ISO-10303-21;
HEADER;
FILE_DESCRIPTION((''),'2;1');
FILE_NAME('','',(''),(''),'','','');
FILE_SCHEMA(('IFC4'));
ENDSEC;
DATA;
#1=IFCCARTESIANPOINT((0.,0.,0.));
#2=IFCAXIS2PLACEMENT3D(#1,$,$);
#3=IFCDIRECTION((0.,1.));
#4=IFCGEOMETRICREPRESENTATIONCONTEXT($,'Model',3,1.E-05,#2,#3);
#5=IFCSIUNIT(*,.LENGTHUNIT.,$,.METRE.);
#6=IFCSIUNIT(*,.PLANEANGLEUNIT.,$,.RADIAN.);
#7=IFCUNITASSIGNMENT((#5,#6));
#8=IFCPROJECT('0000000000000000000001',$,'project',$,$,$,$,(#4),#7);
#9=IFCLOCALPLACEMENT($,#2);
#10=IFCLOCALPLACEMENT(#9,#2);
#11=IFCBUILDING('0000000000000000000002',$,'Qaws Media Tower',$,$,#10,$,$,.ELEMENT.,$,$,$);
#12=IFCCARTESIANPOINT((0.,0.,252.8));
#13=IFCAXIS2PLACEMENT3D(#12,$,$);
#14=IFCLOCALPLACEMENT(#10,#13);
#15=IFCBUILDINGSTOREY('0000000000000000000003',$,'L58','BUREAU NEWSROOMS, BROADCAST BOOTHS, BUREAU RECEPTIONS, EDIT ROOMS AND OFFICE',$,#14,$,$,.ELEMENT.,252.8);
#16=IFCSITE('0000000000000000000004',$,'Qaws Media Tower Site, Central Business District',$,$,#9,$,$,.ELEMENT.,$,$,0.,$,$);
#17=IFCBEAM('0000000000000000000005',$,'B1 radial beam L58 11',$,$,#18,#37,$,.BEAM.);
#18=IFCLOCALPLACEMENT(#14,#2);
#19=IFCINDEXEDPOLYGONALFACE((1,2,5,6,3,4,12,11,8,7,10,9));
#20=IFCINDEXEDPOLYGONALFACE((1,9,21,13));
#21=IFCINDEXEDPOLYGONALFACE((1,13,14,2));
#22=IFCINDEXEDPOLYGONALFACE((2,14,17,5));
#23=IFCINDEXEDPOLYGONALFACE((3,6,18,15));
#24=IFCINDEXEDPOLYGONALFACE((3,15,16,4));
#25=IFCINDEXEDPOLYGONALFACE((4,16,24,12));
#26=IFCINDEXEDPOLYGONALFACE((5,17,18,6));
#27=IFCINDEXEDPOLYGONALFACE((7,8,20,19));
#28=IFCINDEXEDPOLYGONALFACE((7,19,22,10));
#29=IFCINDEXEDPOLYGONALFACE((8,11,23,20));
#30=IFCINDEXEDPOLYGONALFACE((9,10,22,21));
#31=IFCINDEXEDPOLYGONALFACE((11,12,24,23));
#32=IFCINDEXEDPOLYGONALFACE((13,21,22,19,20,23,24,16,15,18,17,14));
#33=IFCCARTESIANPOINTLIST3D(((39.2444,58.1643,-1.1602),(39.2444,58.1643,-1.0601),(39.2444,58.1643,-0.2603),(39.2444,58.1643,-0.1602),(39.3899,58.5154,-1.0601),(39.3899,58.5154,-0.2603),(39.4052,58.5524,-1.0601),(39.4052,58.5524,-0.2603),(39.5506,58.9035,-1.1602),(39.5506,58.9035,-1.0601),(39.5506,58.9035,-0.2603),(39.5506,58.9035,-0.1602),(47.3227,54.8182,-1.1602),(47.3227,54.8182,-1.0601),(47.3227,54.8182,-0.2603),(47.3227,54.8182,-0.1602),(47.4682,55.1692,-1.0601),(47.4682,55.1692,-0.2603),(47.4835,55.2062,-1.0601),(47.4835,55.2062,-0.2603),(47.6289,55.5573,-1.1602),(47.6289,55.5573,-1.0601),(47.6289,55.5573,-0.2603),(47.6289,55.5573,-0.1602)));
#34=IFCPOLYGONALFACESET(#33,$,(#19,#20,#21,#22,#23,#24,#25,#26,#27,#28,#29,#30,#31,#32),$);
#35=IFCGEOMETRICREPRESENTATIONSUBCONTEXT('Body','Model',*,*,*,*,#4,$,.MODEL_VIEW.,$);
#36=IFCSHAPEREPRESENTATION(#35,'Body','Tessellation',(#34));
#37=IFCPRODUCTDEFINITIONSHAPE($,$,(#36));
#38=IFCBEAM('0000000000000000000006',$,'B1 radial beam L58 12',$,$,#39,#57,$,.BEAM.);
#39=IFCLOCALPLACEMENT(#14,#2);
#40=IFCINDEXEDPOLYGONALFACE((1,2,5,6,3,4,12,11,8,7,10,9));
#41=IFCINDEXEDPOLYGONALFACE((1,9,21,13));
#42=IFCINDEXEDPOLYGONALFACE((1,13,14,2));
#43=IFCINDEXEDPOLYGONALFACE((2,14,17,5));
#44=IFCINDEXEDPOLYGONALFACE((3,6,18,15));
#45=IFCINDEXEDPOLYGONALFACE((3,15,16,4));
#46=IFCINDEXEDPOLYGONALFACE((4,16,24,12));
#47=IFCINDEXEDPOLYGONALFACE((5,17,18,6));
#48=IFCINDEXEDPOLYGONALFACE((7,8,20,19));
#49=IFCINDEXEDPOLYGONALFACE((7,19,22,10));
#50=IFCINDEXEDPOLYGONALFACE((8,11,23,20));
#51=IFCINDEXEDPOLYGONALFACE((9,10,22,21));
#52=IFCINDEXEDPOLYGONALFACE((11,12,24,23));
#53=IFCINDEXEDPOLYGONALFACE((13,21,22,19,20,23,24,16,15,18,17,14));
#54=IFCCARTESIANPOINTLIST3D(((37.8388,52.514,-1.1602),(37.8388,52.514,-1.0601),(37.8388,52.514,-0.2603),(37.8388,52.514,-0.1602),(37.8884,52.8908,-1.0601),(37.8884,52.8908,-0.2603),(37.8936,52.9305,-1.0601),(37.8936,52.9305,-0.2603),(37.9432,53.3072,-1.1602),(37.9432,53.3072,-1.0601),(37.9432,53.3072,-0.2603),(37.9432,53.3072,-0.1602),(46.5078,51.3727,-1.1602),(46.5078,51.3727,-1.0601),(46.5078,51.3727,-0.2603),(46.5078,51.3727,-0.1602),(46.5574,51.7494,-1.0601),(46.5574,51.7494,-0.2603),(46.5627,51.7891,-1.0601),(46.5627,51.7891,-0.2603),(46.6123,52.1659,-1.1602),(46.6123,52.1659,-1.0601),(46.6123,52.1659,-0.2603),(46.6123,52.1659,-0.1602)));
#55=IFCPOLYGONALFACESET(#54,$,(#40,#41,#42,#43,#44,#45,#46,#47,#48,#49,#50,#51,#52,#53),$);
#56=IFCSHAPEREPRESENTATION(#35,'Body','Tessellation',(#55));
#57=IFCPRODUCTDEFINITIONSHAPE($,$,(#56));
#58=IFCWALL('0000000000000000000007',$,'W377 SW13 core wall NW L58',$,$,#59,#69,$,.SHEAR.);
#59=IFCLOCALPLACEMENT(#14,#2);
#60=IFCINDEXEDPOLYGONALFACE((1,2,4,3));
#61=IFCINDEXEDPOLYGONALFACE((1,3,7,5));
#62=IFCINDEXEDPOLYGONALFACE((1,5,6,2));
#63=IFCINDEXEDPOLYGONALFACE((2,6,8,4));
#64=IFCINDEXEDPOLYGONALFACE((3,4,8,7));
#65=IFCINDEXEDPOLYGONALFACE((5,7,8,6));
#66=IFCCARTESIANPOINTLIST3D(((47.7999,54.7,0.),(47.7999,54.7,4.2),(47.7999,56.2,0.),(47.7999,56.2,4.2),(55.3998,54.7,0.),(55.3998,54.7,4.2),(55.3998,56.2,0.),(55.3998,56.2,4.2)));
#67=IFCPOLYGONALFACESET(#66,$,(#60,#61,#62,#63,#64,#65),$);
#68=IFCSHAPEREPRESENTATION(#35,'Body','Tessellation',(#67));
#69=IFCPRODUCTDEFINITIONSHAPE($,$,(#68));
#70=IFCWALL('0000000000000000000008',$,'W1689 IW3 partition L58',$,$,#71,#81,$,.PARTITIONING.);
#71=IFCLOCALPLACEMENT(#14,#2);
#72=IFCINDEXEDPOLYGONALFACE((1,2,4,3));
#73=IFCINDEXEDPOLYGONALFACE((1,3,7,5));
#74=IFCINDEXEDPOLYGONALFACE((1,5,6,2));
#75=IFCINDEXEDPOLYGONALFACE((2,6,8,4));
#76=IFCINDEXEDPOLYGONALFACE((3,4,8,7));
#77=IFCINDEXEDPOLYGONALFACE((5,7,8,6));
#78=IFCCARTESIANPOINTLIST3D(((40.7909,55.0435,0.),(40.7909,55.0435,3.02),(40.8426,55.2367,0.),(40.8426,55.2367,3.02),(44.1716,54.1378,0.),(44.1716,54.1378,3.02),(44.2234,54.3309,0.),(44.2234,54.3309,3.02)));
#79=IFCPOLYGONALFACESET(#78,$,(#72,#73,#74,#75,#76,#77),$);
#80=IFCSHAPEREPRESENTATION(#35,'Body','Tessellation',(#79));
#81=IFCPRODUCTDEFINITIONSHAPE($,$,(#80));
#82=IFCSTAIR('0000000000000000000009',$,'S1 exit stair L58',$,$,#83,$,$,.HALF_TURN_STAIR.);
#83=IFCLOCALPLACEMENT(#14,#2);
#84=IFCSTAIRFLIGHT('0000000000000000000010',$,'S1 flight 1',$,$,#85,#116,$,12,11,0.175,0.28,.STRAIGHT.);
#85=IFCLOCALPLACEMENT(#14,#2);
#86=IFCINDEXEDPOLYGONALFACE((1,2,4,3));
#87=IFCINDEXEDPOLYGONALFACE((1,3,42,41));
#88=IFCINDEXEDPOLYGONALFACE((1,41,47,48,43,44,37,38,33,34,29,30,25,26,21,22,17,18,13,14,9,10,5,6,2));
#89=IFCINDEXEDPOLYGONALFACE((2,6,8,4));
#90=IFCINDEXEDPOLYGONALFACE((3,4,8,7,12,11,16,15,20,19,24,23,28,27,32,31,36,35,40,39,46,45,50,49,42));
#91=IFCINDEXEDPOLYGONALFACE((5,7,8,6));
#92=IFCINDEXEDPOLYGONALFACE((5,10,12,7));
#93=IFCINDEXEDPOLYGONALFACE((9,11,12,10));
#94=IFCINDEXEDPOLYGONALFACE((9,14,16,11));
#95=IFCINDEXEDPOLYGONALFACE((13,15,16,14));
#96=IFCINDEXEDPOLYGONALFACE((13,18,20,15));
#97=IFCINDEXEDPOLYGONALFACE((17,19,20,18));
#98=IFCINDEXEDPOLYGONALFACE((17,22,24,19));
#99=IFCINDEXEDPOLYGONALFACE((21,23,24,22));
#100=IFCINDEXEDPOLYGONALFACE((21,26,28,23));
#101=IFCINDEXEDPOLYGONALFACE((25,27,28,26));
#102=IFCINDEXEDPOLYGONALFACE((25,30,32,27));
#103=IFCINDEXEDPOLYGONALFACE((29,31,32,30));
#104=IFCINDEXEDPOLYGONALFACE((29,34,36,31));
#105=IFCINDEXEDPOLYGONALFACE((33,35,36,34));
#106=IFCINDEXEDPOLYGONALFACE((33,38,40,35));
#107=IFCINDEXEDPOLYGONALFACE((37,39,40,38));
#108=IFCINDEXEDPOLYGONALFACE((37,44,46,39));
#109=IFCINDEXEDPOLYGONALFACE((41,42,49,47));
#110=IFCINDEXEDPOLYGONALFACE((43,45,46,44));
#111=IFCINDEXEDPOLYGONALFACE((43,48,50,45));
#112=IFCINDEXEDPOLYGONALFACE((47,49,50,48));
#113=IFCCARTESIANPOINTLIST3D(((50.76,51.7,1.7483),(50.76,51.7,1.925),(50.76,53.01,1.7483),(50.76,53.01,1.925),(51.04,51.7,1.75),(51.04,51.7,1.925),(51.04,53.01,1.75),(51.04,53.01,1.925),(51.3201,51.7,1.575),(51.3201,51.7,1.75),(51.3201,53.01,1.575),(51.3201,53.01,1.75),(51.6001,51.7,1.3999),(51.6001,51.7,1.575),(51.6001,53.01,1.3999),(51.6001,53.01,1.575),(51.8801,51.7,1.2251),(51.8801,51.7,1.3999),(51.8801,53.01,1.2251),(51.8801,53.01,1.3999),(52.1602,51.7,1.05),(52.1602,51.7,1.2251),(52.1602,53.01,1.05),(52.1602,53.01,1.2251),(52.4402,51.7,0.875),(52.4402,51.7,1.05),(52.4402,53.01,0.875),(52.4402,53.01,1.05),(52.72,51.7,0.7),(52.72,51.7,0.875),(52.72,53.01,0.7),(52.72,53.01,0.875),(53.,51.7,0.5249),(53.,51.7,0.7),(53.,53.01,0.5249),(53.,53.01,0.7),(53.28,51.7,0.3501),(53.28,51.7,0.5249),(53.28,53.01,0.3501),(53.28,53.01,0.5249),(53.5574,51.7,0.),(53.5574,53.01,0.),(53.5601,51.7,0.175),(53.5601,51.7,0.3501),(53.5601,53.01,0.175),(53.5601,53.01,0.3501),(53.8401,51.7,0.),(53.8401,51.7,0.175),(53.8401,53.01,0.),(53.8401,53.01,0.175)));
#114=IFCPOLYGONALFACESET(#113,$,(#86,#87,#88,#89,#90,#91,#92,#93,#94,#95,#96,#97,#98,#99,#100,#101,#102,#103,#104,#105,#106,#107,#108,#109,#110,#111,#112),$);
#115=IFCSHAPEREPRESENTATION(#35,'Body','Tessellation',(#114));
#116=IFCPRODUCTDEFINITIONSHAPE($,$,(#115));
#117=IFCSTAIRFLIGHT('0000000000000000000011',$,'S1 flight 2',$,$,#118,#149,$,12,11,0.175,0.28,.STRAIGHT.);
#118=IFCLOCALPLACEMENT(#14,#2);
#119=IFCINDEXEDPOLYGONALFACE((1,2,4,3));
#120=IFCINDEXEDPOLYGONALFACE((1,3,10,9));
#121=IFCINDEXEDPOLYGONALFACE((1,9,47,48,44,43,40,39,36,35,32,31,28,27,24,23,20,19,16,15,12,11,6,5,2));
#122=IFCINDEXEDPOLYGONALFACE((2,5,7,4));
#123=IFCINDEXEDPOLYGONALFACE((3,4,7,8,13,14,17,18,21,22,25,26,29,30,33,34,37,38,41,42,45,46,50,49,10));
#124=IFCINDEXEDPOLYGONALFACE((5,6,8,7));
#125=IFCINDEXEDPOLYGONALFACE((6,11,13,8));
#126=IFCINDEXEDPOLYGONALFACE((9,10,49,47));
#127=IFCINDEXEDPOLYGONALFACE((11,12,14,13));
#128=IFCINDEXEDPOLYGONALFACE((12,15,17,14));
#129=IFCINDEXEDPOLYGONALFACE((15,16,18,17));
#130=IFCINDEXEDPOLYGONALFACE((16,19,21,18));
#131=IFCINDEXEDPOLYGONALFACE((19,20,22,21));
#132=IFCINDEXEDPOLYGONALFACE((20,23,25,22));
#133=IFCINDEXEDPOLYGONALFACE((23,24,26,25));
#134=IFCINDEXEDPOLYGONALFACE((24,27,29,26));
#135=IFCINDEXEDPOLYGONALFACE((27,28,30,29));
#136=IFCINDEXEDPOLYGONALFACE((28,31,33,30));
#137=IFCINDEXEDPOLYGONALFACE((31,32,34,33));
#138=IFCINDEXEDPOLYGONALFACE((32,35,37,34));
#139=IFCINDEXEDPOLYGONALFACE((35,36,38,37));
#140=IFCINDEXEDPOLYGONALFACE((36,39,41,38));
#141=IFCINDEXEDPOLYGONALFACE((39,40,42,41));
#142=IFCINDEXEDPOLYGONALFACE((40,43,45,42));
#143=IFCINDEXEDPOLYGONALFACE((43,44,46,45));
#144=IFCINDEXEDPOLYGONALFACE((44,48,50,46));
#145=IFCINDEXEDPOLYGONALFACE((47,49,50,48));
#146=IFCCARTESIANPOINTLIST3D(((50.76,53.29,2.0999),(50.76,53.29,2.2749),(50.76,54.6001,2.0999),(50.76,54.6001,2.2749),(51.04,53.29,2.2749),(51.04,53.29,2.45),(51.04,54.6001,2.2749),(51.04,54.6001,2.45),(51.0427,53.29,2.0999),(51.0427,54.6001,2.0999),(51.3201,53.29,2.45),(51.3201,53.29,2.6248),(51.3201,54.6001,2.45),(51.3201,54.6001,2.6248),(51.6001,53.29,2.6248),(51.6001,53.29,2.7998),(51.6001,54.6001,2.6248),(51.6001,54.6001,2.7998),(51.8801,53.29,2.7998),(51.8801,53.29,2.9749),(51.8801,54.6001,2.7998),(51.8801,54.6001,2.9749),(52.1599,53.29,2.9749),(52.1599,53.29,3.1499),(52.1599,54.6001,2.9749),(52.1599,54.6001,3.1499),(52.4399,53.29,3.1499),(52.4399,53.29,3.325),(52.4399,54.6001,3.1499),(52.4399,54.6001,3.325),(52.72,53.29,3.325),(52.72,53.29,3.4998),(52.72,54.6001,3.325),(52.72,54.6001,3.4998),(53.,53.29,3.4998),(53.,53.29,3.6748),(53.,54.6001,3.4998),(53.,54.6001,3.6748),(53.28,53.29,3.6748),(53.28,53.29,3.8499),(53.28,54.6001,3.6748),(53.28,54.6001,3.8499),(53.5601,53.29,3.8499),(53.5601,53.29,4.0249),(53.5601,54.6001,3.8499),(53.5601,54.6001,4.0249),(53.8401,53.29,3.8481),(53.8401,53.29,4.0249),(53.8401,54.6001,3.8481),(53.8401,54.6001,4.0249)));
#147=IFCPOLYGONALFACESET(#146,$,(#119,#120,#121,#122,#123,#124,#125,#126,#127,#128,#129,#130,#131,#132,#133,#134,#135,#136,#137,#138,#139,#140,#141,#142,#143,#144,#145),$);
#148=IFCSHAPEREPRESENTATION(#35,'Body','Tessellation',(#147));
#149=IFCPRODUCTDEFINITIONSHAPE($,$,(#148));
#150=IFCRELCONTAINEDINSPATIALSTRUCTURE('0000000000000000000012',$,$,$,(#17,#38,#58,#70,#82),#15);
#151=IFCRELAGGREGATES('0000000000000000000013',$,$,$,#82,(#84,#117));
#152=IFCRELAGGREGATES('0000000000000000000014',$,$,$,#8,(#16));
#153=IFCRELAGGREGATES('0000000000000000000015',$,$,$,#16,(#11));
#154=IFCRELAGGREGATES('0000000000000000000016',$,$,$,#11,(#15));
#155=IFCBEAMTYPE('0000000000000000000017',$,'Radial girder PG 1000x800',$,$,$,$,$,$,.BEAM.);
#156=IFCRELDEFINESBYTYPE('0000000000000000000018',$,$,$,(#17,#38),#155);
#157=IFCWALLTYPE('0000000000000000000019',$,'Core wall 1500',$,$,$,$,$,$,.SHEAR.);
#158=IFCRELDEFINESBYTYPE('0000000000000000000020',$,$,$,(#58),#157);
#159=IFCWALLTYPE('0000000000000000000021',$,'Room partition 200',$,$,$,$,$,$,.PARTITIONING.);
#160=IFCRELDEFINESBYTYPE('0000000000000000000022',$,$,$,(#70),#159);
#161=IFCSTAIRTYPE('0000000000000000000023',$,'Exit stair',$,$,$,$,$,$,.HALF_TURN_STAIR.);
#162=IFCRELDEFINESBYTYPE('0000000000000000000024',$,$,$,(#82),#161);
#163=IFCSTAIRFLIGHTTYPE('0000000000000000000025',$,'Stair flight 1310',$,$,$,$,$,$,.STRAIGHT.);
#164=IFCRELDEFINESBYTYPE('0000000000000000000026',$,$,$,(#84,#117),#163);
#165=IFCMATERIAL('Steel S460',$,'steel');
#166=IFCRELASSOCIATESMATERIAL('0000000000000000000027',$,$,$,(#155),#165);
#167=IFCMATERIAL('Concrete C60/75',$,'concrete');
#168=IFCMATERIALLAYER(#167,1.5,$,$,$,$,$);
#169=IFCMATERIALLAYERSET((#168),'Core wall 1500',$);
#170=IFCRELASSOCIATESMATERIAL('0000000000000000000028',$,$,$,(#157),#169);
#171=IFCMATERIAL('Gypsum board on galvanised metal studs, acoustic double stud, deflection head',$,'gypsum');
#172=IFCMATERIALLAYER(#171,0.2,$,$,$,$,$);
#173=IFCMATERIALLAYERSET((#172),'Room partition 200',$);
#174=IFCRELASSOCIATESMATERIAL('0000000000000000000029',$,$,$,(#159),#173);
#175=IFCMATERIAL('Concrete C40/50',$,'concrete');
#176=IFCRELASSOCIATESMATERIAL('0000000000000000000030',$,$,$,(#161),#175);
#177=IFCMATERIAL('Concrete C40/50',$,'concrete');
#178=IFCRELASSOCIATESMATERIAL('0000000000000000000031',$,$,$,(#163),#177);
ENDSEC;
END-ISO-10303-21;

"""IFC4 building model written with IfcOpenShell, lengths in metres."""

from ifc_helpers import new_model, si_unit, direction, frame, frame_2d, origin, origin_2d, place, context, subcontext, project, spatial, polyline, rectangle, i_section, outline, extrude, material, layer, layer_set, material_profile, profile_set, type_object, element, aggregate, save


model = new_model("IFC4")

# Units and contexts
model_context = context("Model", 3, precision=1e-05, world=origin(), true_north=direction((0.0, 1.0)))
body_context = subcontext(model_context, "Body", "Model", "MODEL_VIEW")
ifc_project = project(units=[si_unit("LENGTHUNIT", "METRE"), si_unit("PLANEANGLEUNIT", "RADIAN")], contexts=[model_context])

# Site, building, storey
site_placement = place(None, origin())
site = spatial("IfcSite", under=ifc_project, at=site_placement, Name="Qaws Media Tower Site, Central Business District", CompositionType="ELEMENT", RefElevation=0.0)
building_placement = place(site_placement, origin())
building = spatial("IfcBuilding", under=site, at=building_placement, Name="Qaws Media Tower", CompositionType="ELEMENT")
storey_placement = place(building_placement, frame((0.0, 0.0, 252.8)))
storey = spatial("IfcBuildingStorey", under=building, at=storey_placement, Name="L58", Description="BUREAU NEWSROOMS, BROADCAST BOOTHS, BUREAU RECEPTIONS, EDIT ROOMS AND OFFICE", CompositionType="ELEMENT", Elevation=252.8)

# Beams
ifc_material_1 = material(Name="Steel S460", Category="steel")
ifc_material_profile_1 = material_profile(ifc_material_1, i_section(OverallWidth=0.8, OverallDepth=1.0, WebThickness=0.04, FlangeThickness=0.1001, at=origin_2d()), Name="PG 1000x800")
ifc_profile_set_1 = profile_set([ifc_material_profile_1], Name="Steel S460")
beam_type_1 = type_object("IfcBeamType", Name="Radial girder PG 1000x800", PredefinedType="BEAM", material=ifc_profile_set_1)
for number, where, z_axis, x_axis, name in (
    (1, (47.4758, 55.1877, -0.6602), (-0.923879, 0.382686, 0.0), (-0.382686, -0.923879, 0.0), "B1 radial beam L58 11"),
    (2, (46.5601, 51.7693, -0.6602), (-0.991444, 0.13053, 0.0), (-0.13053, -0.991444, 0.0), "B1 radial beam L58 12"),
):
    element("IfcBeam", number, at=place(storey_placement, frame(where, z_axis=z_axis, x_axis=x_axis)), inside=storey, type_object=beam_type_1, Name=name, PredefinedType="BEAM", context=body_context, shape_type="SweptSolid", body=[
        extrude(i_section(OverallWidth=0.8, OverallDepth=1.0, WebThickness=0.04, FlangeThickness=0.1001, at=origin_2d()), origin(), (0.0, 0.0, 1.0), 8.7439),
    ])

# Wall
ifc_material_2 = material(Name="Concrete C60/75", Category="concrete")
ifc_layer_1 = layer(ifc_material_2, 1.5)
ifc_layer_set_1 = layer_set([ifc_layer_1], Name="Core wall 1500")
wall_type_1 = type_object("IfcWallType", Name="Core wall 1500", PredefinedType="SHEAR", material=ifc_layer_set_1)
wall_1_placement = place(storey_placement, frame((47.8, 55.45, 0.0), z_axis=(0.0, 0.0, 1.0), x_axis=(1.0, 0.0, 0.0)))
element("IfcWall", 3, at=wall_1_placement, inside=storey, type_object=wall_type_1, Name="W377 SW13 core wall NW L58", PredefinedType="SHEAR", context=body_context, shape_type="SweptSolid", body=[
    extrude(rectangle(XDim=7.5999, YDim=1.5, at=frame_2d((3.7998, 0.0))), origin(), (0.0, 0.0, 1.0), 4.2),
])

# Shared definitions
ifc_material_3 = material(Name="Gypsum board on galvanised metal studs, acoustic double stud, deflection head", Category="gypsum")
ifc_layer_2 = layer(ifc_material_3, 0.2)
ifc_layer_set_2 = layer_set([ifc_layer_2], Name="Room partition 200")
wall_type_2 = type_object("IfcWallType", Name="Room partition 200", PredefinedType="PARTITIONING", material=ifc_layer_set_2)

# Wall
wall_2_placement = place(storey_placement, frame((44.1975, 54.2344, 0.0), z_axis=(0.0, 0.0, 1.0), x_axis=(-0.965936, 0.258783, 0.0)))
element("IfcWall", 4, at=wall_2_placement, inside=storey, type_object=wall_type_2, Name="W1689 IW3 partition L58", PredefinedType="PARTITIONING", context=body_context, shape_type="SweptSolid", body=[
    extrude(rectangle(XDim=3.5, YDim=0.2, at=frame_2d((1.75, 0.0))), origin(), (0.0, 0.0, 1.0), 3.02),
])

# Stair, stair flights
ifc_material_4 = material(Name="Concrete C40/50", Category="concrete")
stair_type = type_object("IfcStairType", Name="Exit stair", PredefinedType="HALF_TURN_STAIR", material=ifc_material_4)
stair_placement = place(storey_placement, origin())
stair = element("IfcStair", 5, at=stair_placement, inside=storey, type_object=stair_type, Name="S1 exit stair L58", PredefinedType="HALF_TURN_STAIR")
ifc_material_5 = material(Name="Concrete C40/50", Category="concrete")
stair_flight_type = type_object("IfcStairFlightType", Name="Stair flight 1310", PredefinedType="STRAIGHT", material=ifc_material_5)
stair_flight_1_placement = place(storey_placement, frame((53.8401, 52.355, 0.0), z_axis=(0.0, 0.0, 1.0), x_axis=(-1.0, 0.0, 0.0)))
stair_flight_1 = element("IfcStairFlight", 6, at=stair_flight_1_placement, type_object=stair_flight_type, Name="S1 flight 1", NumberOfRisers=12, NumberOfTreads=11, PredefinedType="STRAIGHT", RiserHeight=0.175, TreadLength=0.28, context=body_context, shape_type="SweptSolid", body=[
    extrude(outline(polyline([(0.0, 0.0), (0.0, 0.175), (0.28, 0.175), (0.28, 0.3501), (0.5601, 0.3501), (0.5601, 0.5249), (0.8401, 0.5249), (0.8401, 0.7), (1.1201, 0.7), (1.1201, 0.875), (1.3999, 0.875), (1.3999, 1.05), (1.6799, 1.05), (1.6799, 1.2251), (1.96, 1.2251), (1.96, 1.3999), (2.24, 1.3999), (2.24, 1.575), (2.52, 1.575), (2.52, 1.75), (2.8, 1.75), (2.8, 1.925), (3.0801, 1.925), (3.0801, 2.1001), (3.0801, 1.7483), (0.2827, 0.0), (0.0, 0.0)])), frame((0.0, 0.655, 0.0), z_axis=(0.0, -1.0, 0.0), x_axis=(1.0, 0.0, 0.0)), (0.0, 0.0, 1.0), 1.3101),
])
stair_flight_2_placement = place(storey_placement, frame((50.76, 53.9451, 2.0999), z_axis=(0.0, 0.0, 1.0), x_axis=(1.0, 0.0, 0.0)))
stair_flight_2 = element("IfcStairFlight", 7, at=stair_flight_2_placement, type_object=stair_flight_type, Name="S1 flight 2", NumberOfRisers=12, NumberOfTreads=11, PredefinedType="STRAIGHT", RiserHeight=0.175, TreadLength=0.28, context=body_context, shape_type="SweptSolid", body=[
    extrude(outline(polyline([(0.0, 0.0), (0.0, 0.175), (0.28, 0.175), (0.28, 0.3501), (0.5601, 0.3501), (0.5601, 0.5249), (0.8401, 0.5249), (0.8401, 0.7), (1.1201, 0.7), (1.1201, 0.875), (1.3999, 0.875), (1.3999, 1.05), (1.6799, 1.05), (1.6799, 1.2251), (1.96, 1.2251), (1.96, 1.3999), (2.24, 1.3999), (2.24, 1.575), (2.52, 1.575), (2.52, 1.75), (2.8, 1.75), (2.8, 1.925), (3.0801, 1.925), (3.0801, 2.1001), (3.0801, 1.7483), (0.2827, 0.0), (0.0, 0.0)])), frame((0.0, 0.655, 0.0), z_axis=(0.0, -1.0, 0.0), x_axis=(1.0, 0.0, 0.0)), (0.0, 0.0, 1.0), 1.3101),
])
aggregate(stair, [stair_flight_1, stair_flight_2])

save(model, "model.ifc")
